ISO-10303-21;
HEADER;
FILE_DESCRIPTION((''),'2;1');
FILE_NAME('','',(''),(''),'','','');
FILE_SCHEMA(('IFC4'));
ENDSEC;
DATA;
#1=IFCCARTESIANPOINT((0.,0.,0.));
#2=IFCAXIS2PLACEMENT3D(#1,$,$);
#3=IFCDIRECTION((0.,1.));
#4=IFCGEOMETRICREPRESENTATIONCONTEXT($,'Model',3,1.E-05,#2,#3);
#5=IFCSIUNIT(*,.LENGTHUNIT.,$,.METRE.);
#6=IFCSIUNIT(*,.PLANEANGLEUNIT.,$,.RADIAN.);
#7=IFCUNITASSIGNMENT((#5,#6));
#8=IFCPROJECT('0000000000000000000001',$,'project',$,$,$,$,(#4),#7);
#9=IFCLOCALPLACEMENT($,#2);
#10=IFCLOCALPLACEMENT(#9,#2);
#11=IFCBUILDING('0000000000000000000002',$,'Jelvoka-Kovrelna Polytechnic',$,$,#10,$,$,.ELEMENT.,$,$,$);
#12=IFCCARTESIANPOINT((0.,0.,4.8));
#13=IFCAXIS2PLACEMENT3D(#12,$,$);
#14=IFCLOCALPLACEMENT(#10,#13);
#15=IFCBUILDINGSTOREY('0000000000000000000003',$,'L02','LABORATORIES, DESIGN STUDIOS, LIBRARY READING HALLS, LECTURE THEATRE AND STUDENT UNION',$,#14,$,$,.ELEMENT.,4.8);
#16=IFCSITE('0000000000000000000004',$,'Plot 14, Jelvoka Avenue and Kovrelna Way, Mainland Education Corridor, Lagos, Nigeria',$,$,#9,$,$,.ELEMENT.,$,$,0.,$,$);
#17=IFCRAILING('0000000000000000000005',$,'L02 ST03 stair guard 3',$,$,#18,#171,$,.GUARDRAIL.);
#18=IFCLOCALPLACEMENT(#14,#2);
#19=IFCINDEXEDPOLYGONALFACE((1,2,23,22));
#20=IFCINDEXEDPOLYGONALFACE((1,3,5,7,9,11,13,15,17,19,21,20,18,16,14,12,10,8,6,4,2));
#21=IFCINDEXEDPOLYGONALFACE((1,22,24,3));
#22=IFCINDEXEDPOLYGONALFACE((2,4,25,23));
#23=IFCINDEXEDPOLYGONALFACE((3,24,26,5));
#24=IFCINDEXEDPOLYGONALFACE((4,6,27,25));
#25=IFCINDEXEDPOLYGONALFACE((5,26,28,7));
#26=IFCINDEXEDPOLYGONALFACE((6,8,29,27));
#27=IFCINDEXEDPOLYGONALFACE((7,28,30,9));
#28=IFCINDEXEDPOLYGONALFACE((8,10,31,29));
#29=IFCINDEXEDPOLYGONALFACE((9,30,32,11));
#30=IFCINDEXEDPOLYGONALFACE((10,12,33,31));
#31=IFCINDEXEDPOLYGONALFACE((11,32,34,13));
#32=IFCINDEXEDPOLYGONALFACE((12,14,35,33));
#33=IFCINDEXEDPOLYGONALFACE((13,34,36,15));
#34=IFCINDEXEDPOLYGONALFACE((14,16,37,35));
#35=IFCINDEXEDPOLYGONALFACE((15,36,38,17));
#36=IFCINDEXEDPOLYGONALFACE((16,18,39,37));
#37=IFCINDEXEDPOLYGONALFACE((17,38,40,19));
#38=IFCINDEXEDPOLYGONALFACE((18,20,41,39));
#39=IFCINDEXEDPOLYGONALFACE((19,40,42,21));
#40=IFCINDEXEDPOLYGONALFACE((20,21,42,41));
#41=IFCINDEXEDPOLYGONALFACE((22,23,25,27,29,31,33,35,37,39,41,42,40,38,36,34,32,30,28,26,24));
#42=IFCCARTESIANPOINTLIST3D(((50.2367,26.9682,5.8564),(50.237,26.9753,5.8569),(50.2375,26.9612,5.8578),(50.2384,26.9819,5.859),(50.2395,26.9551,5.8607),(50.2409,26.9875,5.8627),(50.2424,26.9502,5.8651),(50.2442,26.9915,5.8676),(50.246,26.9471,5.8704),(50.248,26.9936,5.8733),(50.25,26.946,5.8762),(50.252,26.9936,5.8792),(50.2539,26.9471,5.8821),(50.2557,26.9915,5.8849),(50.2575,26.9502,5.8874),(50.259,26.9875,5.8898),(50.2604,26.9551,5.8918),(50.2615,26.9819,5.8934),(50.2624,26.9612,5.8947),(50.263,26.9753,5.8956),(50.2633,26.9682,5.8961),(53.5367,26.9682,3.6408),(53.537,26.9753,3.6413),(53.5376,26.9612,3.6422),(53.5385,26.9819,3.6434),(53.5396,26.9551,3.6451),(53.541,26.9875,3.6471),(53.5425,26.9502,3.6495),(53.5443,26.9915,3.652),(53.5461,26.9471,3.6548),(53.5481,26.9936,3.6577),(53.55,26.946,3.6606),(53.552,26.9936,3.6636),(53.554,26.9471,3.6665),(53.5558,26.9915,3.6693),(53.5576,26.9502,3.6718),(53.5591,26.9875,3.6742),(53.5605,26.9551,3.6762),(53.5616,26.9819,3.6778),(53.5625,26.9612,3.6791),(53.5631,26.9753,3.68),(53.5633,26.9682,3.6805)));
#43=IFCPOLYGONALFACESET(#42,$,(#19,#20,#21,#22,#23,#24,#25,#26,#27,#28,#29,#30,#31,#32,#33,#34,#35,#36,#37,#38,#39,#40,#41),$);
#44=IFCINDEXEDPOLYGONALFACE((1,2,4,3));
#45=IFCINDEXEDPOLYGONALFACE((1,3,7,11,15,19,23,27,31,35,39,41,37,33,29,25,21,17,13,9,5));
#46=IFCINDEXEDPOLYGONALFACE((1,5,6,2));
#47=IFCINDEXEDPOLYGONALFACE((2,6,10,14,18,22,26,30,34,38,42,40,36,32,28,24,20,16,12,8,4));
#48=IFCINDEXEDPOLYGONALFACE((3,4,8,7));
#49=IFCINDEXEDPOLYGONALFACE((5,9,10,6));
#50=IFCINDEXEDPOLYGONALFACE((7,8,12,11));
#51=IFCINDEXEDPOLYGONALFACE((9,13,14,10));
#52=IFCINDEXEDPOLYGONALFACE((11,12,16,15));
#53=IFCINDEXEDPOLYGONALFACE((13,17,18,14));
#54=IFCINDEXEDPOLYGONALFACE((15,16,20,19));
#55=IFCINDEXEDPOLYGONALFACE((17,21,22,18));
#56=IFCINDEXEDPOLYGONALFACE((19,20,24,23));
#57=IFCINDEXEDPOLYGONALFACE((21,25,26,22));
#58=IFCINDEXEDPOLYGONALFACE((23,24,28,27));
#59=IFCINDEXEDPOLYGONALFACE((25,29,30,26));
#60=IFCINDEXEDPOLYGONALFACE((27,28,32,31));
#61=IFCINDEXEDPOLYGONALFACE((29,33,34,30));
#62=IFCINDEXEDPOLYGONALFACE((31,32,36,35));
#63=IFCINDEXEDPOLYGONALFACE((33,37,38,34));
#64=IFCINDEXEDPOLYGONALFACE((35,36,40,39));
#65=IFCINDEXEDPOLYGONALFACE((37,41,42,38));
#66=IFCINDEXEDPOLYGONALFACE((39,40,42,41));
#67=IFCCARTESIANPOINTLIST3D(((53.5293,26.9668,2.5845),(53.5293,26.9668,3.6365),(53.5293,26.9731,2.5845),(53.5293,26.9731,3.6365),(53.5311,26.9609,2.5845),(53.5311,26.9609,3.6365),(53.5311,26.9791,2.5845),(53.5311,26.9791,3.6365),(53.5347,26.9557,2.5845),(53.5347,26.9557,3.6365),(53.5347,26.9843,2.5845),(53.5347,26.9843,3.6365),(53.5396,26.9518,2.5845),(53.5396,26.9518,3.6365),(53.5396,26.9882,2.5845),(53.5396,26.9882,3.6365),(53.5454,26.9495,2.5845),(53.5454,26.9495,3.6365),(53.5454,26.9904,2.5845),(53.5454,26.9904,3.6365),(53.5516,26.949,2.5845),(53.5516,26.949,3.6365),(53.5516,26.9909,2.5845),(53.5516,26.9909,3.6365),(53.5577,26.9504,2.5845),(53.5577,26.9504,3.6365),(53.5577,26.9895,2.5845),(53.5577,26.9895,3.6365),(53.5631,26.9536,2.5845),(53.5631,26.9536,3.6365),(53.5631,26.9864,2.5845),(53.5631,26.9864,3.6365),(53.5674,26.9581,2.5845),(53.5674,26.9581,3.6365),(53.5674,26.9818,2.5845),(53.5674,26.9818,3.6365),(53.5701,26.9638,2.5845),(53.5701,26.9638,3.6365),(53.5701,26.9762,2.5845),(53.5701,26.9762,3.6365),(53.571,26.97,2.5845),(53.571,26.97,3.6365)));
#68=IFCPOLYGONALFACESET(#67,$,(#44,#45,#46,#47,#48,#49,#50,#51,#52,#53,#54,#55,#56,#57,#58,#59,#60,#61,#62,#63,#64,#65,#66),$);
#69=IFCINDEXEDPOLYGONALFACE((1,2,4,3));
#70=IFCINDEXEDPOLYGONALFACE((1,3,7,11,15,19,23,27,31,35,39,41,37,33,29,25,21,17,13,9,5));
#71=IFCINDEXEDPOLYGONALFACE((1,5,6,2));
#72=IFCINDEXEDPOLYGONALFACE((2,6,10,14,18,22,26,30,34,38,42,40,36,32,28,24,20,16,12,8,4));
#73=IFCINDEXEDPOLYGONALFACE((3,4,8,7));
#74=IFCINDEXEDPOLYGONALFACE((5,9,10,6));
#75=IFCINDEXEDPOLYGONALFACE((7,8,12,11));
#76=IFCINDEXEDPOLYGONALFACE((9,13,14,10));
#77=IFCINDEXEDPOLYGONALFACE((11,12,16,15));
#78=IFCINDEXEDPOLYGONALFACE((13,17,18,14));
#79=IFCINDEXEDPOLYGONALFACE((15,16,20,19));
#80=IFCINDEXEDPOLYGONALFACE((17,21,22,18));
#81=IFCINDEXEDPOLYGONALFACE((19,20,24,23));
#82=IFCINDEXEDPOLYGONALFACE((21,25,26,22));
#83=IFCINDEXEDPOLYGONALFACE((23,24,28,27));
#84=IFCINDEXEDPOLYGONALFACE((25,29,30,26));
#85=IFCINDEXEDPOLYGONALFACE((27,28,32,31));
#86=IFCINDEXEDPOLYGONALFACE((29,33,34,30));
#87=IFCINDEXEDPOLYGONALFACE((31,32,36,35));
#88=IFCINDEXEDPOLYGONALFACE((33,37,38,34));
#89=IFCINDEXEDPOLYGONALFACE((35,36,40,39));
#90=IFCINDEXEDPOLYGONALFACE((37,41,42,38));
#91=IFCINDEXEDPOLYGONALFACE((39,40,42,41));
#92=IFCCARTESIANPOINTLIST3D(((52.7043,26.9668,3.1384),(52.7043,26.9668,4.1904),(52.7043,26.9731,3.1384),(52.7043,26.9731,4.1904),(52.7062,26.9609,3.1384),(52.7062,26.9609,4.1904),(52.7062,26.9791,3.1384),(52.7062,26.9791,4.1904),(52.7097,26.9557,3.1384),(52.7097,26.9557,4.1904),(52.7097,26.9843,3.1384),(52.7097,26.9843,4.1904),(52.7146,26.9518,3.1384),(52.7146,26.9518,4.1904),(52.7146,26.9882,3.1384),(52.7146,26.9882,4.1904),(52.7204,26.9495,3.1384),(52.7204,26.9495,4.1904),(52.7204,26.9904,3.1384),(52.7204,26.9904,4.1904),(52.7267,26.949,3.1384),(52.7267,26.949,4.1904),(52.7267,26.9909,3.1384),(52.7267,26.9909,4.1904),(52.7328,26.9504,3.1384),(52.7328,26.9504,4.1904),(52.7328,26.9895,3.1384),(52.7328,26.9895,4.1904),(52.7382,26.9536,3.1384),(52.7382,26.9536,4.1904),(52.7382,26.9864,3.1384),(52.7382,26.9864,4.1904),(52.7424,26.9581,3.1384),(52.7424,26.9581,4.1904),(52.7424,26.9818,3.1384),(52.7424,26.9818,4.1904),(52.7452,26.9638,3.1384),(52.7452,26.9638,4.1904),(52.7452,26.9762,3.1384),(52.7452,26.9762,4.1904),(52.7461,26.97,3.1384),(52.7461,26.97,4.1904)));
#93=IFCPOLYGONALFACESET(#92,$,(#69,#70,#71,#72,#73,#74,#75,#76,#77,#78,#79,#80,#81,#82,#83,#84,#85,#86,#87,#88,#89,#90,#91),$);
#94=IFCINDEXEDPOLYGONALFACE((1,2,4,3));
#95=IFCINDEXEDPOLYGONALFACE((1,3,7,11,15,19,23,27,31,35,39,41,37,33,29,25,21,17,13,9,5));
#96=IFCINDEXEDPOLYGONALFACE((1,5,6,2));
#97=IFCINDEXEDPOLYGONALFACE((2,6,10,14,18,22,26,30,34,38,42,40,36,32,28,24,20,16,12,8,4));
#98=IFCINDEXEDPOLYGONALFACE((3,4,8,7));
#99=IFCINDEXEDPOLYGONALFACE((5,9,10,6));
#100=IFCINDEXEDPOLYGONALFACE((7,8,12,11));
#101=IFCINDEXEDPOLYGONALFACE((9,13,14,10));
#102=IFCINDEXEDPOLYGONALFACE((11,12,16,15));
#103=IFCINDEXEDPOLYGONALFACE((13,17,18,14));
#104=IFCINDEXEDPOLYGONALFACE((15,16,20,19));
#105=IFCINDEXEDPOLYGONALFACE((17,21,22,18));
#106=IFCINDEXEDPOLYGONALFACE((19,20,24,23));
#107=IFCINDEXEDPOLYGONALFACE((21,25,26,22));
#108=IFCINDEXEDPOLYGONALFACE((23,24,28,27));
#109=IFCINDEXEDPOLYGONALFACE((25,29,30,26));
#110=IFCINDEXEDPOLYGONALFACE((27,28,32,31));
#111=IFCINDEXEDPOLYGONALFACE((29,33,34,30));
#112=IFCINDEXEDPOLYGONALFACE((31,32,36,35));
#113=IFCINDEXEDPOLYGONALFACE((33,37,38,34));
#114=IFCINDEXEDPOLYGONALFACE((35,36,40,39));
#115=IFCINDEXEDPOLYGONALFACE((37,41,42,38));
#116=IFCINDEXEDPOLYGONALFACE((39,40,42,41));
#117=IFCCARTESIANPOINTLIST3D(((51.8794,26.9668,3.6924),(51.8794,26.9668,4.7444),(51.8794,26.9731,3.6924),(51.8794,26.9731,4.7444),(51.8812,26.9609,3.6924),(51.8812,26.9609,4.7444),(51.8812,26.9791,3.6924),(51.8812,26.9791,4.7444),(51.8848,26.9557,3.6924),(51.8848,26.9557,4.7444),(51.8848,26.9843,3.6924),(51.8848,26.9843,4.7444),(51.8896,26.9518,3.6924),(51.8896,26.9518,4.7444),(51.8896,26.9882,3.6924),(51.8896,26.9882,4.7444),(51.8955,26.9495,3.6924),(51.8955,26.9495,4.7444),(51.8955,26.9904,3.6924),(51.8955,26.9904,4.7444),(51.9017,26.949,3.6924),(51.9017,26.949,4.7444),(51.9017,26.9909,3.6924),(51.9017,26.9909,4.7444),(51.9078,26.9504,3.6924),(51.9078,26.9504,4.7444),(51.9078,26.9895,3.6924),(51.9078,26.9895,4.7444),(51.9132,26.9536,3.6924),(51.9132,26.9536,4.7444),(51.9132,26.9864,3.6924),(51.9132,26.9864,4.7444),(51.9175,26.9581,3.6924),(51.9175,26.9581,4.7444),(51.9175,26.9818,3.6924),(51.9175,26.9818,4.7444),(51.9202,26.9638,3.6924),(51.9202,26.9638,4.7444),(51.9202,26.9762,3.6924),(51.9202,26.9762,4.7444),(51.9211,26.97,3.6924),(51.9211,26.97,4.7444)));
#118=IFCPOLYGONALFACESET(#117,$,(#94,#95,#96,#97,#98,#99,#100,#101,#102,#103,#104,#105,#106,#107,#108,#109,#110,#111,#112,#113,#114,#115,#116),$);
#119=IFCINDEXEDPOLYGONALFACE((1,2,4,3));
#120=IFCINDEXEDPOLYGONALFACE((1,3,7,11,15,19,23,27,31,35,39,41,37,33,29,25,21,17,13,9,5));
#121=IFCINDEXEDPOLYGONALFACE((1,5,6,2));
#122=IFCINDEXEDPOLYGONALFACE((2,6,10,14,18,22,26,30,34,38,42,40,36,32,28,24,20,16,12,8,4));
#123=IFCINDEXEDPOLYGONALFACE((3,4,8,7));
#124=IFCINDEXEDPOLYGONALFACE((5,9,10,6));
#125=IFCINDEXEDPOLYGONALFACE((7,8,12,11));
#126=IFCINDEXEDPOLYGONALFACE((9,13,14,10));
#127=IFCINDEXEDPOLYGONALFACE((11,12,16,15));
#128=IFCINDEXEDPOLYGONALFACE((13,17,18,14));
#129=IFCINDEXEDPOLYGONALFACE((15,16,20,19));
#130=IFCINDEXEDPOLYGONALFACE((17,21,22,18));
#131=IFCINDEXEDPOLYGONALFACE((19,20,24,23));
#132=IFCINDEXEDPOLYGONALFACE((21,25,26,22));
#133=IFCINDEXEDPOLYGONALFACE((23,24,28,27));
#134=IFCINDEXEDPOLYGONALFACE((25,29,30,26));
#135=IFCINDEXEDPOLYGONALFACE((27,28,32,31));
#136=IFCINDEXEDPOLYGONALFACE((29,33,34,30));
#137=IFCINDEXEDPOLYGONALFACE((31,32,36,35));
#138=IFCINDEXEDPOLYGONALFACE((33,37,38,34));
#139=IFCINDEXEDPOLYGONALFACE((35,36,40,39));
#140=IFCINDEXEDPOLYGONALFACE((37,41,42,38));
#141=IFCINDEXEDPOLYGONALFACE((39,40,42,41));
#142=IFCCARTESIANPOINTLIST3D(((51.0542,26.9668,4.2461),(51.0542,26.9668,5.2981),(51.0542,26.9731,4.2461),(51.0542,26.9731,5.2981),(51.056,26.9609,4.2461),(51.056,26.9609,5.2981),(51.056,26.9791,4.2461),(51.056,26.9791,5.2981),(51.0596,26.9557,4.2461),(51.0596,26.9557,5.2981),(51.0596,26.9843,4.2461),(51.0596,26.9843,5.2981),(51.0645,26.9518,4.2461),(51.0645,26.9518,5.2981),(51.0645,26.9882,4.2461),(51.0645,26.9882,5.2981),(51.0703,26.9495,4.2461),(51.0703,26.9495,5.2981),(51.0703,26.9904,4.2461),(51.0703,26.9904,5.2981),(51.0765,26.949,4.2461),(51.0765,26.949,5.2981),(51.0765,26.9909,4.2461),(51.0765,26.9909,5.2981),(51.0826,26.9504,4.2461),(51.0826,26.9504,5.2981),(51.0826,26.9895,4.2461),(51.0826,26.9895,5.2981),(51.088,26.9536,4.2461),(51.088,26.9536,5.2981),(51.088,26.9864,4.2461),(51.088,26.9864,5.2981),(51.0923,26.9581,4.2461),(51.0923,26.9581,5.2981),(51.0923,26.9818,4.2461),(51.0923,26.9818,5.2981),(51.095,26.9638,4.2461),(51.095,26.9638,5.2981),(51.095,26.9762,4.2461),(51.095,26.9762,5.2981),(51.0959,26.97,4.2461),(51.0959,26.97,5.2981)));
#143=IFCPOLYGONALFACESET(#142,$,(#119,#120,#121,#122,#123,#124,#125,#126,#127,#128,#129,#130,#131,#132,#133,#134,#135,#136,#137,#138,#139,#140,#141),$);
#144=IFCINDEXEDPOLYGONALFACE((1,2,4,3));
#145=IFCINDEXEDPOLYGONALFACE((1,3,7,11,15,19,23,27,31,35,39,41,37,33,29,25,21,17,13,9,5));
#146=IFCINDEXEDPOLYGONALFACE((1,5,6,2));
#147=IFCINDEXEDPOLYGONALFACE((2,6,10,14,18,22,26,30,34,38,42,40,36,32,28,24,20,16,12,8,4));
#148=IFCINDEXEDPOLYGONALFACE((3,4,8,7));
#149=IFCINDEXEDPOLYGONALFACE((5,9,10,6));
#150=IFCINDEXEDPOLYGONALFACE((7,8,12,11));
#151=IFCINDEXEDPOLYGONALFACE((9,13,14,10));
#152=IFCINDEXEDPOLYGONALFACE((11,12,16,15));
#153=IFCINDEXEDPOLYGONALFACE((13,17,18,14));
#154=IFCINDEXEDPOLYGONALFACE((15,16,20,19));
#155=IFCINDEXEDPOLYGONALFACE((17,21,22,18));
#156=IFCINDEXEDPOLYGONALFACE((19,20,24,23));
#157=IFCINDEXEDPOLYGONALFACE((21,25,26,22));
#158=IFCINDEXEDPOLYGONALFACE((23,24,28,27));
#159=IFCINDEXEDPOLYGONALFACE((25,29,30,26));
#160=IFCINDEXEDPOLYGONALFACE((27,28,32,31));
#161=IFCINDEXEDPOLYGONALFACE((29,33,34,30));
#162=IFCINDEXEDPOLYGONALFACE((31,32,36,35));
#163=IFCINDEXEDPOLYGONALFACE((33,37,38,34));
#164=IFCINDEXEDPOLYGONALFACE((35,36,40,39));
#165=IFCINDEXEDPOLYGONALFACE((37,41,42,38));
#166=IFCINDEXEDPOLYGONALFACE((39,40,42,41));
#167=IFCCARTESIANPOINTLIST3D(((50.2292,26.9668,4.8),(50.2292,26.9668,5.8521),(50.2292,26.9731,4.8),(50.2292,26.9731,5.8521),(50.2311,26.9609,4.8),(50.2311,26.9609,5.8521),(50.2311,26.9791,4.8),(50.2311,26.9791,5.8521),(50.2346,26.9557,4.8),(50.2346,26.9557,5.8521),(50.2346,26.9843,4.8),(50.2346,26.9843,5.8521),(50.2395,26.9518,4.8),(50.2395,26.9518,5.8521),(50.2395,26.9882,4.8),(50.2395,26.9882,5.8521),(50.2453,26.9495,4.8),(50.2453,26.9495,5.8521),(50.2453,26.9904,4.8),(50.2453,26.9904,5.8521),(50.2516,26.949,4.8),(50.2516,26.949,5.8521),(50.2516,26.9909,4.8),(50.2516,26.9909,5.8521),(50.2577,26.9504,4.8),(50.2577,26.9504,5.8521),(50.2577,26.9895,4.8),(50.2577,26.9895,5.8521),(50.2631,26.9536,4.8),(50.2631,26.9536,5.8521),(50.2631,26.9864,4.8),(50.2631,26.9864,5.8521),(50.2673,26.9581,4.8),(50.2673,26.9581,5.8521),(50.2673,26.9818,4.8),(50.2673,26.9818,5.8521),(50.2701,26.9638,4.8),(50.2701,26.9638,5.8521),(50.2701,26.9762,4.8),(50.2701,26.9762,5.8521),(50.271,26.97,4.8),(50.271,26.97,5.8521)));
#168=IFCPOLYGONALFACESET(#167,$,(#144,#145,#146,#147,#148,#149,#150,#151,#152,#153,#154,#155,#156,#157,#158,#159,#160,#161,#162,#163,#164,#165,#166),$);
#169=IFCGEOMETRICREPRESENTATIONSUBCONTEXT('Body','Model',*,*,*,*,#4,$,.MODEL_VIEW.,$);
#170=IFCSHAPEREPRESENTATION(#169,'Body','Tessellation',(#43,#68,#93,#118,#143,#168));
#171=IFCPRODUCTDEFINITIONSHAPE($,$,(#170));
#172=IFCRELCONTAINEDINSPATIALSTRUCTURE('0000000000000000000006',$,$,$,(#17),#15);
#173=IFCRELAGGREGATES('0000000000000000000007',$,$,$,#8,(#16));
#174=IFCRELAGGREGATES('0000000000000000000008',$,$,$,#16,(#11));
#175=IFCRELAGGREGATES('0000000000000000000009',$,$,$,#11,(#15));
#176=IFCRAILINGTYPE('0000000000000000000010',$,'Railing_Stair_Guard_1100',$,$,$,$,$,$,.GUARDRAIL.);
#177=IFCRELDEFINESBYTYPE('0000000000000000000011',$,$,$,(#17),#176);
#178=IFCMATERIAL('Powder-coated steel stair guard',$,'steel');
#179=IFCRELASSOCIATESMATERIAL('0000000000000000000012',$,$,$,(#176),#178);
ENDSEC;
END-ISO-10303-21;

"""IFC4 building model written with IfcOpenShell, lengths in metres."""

from ifc_helpers import new_model, si_unit, direction, frame, origin, origin_2d, place, context, subcontext, project, spatial, circle, extrude, material, type_object, element, save


model = new_model("IFC4")

# Units and contexts
model_context = context("Model", 3, precision=1e-05, world=origin(), true_north=direction((0.0, 1.0)))
body_context = subcontext(model_context, "Body", "Model", "MODEL_VIEW")
ifc_project = project(units=[si_unit("LENGTHUNIT", "METRE"), si_unit("PLANEANGLEUNIT", "RADIAN")], contexts=[model_context])

# Site, building, storey
site_placement = place(None, origin())
site = spatial("IfcSite", under=ifc_project, at=site_placement, Name="Plot 14, Jelvoka Avenue and Kovrelna Way, Mainland Education Corridor, Lagos, Nigeria", CompositionType="ELEMENT", RefElevation=0.0)
building_placement = place(site_placement, origin())
building = spatial("IfcBuilding", under=site, at=building_placement, Name="Jelvoka-Kovrelna Polytechnic", CompositionType="ELEMENT")
storey_placement = place(building_placement, frame((0.0, 0.0, 4.8)))
storey = spatial("IfcBuildingStorey", under=building, at=storey_placement, Name="L02", Description="LABORATORIES, DESIGN STUDIOS, LIBRARY READING HALLS, LECTURE THEATRE AND STUDENT UNION", CompositionType="ELEMENT", Elevation=4.8)

# Railing
ifc_material_1 = material(Name="Powder-coated steel stair guard", Category="steel")
railing_type_1 = type_object("IfcRailingType", Name="Railing_Stair_Guard_1100", PredefinedType="GUARDRAIL", material=ifc_material_1)
railing_1_placement = place(storey_placement, frame((53.55, 26.97, 2.5845)))
element("IfcRailing", 1, at=railing_1_placement, inside=storey, type_object=railing_type_1, Name="L02 ST03 stair guard 3", PredefinedType="GUARDRAIL", context=body_context, shape_type="SweptSolid", body=[
    extrude(circle(Radius=0.0239, at=origin_2d()), frame((0.0, 0.0, 1.0762), z_axis=(-0.830241, 0.0, 0.557405), x_axis=(0.0, -1.0, 0.0)), (0.0, 0.0, 1.0), 3.9749),
    extrude(circle(Radius=0.021, at=origin_2d()), origin(), (0.0, 0.0, 1.0), 1.052),
    extrude(circle(Radius=0.021, at=origin_2d()), frame((-0.825, 0.0, 0.554)), (0.0, 0.0, 1.0), 1.052),
    extrude(circle(Radius=0.021, at=origin_2d()), frame((-1.6499, 0.0, 1.1079)), (0.0, 0.0, 1.0), 1.052),
    extrude(circle(Radius=0.021, at=origin_2d()), frame((-2.4751, 0.0, 1.6616)), (0.0, 0.0, 1.0), 1.052),
    extrude(circle(Radius=0.021, at=origin_2d()), frame((-3.3, 0.0, 2.2156)), (0.0, 0.0, 1.0), 1.052),
])

save(model, "model.ifc")
